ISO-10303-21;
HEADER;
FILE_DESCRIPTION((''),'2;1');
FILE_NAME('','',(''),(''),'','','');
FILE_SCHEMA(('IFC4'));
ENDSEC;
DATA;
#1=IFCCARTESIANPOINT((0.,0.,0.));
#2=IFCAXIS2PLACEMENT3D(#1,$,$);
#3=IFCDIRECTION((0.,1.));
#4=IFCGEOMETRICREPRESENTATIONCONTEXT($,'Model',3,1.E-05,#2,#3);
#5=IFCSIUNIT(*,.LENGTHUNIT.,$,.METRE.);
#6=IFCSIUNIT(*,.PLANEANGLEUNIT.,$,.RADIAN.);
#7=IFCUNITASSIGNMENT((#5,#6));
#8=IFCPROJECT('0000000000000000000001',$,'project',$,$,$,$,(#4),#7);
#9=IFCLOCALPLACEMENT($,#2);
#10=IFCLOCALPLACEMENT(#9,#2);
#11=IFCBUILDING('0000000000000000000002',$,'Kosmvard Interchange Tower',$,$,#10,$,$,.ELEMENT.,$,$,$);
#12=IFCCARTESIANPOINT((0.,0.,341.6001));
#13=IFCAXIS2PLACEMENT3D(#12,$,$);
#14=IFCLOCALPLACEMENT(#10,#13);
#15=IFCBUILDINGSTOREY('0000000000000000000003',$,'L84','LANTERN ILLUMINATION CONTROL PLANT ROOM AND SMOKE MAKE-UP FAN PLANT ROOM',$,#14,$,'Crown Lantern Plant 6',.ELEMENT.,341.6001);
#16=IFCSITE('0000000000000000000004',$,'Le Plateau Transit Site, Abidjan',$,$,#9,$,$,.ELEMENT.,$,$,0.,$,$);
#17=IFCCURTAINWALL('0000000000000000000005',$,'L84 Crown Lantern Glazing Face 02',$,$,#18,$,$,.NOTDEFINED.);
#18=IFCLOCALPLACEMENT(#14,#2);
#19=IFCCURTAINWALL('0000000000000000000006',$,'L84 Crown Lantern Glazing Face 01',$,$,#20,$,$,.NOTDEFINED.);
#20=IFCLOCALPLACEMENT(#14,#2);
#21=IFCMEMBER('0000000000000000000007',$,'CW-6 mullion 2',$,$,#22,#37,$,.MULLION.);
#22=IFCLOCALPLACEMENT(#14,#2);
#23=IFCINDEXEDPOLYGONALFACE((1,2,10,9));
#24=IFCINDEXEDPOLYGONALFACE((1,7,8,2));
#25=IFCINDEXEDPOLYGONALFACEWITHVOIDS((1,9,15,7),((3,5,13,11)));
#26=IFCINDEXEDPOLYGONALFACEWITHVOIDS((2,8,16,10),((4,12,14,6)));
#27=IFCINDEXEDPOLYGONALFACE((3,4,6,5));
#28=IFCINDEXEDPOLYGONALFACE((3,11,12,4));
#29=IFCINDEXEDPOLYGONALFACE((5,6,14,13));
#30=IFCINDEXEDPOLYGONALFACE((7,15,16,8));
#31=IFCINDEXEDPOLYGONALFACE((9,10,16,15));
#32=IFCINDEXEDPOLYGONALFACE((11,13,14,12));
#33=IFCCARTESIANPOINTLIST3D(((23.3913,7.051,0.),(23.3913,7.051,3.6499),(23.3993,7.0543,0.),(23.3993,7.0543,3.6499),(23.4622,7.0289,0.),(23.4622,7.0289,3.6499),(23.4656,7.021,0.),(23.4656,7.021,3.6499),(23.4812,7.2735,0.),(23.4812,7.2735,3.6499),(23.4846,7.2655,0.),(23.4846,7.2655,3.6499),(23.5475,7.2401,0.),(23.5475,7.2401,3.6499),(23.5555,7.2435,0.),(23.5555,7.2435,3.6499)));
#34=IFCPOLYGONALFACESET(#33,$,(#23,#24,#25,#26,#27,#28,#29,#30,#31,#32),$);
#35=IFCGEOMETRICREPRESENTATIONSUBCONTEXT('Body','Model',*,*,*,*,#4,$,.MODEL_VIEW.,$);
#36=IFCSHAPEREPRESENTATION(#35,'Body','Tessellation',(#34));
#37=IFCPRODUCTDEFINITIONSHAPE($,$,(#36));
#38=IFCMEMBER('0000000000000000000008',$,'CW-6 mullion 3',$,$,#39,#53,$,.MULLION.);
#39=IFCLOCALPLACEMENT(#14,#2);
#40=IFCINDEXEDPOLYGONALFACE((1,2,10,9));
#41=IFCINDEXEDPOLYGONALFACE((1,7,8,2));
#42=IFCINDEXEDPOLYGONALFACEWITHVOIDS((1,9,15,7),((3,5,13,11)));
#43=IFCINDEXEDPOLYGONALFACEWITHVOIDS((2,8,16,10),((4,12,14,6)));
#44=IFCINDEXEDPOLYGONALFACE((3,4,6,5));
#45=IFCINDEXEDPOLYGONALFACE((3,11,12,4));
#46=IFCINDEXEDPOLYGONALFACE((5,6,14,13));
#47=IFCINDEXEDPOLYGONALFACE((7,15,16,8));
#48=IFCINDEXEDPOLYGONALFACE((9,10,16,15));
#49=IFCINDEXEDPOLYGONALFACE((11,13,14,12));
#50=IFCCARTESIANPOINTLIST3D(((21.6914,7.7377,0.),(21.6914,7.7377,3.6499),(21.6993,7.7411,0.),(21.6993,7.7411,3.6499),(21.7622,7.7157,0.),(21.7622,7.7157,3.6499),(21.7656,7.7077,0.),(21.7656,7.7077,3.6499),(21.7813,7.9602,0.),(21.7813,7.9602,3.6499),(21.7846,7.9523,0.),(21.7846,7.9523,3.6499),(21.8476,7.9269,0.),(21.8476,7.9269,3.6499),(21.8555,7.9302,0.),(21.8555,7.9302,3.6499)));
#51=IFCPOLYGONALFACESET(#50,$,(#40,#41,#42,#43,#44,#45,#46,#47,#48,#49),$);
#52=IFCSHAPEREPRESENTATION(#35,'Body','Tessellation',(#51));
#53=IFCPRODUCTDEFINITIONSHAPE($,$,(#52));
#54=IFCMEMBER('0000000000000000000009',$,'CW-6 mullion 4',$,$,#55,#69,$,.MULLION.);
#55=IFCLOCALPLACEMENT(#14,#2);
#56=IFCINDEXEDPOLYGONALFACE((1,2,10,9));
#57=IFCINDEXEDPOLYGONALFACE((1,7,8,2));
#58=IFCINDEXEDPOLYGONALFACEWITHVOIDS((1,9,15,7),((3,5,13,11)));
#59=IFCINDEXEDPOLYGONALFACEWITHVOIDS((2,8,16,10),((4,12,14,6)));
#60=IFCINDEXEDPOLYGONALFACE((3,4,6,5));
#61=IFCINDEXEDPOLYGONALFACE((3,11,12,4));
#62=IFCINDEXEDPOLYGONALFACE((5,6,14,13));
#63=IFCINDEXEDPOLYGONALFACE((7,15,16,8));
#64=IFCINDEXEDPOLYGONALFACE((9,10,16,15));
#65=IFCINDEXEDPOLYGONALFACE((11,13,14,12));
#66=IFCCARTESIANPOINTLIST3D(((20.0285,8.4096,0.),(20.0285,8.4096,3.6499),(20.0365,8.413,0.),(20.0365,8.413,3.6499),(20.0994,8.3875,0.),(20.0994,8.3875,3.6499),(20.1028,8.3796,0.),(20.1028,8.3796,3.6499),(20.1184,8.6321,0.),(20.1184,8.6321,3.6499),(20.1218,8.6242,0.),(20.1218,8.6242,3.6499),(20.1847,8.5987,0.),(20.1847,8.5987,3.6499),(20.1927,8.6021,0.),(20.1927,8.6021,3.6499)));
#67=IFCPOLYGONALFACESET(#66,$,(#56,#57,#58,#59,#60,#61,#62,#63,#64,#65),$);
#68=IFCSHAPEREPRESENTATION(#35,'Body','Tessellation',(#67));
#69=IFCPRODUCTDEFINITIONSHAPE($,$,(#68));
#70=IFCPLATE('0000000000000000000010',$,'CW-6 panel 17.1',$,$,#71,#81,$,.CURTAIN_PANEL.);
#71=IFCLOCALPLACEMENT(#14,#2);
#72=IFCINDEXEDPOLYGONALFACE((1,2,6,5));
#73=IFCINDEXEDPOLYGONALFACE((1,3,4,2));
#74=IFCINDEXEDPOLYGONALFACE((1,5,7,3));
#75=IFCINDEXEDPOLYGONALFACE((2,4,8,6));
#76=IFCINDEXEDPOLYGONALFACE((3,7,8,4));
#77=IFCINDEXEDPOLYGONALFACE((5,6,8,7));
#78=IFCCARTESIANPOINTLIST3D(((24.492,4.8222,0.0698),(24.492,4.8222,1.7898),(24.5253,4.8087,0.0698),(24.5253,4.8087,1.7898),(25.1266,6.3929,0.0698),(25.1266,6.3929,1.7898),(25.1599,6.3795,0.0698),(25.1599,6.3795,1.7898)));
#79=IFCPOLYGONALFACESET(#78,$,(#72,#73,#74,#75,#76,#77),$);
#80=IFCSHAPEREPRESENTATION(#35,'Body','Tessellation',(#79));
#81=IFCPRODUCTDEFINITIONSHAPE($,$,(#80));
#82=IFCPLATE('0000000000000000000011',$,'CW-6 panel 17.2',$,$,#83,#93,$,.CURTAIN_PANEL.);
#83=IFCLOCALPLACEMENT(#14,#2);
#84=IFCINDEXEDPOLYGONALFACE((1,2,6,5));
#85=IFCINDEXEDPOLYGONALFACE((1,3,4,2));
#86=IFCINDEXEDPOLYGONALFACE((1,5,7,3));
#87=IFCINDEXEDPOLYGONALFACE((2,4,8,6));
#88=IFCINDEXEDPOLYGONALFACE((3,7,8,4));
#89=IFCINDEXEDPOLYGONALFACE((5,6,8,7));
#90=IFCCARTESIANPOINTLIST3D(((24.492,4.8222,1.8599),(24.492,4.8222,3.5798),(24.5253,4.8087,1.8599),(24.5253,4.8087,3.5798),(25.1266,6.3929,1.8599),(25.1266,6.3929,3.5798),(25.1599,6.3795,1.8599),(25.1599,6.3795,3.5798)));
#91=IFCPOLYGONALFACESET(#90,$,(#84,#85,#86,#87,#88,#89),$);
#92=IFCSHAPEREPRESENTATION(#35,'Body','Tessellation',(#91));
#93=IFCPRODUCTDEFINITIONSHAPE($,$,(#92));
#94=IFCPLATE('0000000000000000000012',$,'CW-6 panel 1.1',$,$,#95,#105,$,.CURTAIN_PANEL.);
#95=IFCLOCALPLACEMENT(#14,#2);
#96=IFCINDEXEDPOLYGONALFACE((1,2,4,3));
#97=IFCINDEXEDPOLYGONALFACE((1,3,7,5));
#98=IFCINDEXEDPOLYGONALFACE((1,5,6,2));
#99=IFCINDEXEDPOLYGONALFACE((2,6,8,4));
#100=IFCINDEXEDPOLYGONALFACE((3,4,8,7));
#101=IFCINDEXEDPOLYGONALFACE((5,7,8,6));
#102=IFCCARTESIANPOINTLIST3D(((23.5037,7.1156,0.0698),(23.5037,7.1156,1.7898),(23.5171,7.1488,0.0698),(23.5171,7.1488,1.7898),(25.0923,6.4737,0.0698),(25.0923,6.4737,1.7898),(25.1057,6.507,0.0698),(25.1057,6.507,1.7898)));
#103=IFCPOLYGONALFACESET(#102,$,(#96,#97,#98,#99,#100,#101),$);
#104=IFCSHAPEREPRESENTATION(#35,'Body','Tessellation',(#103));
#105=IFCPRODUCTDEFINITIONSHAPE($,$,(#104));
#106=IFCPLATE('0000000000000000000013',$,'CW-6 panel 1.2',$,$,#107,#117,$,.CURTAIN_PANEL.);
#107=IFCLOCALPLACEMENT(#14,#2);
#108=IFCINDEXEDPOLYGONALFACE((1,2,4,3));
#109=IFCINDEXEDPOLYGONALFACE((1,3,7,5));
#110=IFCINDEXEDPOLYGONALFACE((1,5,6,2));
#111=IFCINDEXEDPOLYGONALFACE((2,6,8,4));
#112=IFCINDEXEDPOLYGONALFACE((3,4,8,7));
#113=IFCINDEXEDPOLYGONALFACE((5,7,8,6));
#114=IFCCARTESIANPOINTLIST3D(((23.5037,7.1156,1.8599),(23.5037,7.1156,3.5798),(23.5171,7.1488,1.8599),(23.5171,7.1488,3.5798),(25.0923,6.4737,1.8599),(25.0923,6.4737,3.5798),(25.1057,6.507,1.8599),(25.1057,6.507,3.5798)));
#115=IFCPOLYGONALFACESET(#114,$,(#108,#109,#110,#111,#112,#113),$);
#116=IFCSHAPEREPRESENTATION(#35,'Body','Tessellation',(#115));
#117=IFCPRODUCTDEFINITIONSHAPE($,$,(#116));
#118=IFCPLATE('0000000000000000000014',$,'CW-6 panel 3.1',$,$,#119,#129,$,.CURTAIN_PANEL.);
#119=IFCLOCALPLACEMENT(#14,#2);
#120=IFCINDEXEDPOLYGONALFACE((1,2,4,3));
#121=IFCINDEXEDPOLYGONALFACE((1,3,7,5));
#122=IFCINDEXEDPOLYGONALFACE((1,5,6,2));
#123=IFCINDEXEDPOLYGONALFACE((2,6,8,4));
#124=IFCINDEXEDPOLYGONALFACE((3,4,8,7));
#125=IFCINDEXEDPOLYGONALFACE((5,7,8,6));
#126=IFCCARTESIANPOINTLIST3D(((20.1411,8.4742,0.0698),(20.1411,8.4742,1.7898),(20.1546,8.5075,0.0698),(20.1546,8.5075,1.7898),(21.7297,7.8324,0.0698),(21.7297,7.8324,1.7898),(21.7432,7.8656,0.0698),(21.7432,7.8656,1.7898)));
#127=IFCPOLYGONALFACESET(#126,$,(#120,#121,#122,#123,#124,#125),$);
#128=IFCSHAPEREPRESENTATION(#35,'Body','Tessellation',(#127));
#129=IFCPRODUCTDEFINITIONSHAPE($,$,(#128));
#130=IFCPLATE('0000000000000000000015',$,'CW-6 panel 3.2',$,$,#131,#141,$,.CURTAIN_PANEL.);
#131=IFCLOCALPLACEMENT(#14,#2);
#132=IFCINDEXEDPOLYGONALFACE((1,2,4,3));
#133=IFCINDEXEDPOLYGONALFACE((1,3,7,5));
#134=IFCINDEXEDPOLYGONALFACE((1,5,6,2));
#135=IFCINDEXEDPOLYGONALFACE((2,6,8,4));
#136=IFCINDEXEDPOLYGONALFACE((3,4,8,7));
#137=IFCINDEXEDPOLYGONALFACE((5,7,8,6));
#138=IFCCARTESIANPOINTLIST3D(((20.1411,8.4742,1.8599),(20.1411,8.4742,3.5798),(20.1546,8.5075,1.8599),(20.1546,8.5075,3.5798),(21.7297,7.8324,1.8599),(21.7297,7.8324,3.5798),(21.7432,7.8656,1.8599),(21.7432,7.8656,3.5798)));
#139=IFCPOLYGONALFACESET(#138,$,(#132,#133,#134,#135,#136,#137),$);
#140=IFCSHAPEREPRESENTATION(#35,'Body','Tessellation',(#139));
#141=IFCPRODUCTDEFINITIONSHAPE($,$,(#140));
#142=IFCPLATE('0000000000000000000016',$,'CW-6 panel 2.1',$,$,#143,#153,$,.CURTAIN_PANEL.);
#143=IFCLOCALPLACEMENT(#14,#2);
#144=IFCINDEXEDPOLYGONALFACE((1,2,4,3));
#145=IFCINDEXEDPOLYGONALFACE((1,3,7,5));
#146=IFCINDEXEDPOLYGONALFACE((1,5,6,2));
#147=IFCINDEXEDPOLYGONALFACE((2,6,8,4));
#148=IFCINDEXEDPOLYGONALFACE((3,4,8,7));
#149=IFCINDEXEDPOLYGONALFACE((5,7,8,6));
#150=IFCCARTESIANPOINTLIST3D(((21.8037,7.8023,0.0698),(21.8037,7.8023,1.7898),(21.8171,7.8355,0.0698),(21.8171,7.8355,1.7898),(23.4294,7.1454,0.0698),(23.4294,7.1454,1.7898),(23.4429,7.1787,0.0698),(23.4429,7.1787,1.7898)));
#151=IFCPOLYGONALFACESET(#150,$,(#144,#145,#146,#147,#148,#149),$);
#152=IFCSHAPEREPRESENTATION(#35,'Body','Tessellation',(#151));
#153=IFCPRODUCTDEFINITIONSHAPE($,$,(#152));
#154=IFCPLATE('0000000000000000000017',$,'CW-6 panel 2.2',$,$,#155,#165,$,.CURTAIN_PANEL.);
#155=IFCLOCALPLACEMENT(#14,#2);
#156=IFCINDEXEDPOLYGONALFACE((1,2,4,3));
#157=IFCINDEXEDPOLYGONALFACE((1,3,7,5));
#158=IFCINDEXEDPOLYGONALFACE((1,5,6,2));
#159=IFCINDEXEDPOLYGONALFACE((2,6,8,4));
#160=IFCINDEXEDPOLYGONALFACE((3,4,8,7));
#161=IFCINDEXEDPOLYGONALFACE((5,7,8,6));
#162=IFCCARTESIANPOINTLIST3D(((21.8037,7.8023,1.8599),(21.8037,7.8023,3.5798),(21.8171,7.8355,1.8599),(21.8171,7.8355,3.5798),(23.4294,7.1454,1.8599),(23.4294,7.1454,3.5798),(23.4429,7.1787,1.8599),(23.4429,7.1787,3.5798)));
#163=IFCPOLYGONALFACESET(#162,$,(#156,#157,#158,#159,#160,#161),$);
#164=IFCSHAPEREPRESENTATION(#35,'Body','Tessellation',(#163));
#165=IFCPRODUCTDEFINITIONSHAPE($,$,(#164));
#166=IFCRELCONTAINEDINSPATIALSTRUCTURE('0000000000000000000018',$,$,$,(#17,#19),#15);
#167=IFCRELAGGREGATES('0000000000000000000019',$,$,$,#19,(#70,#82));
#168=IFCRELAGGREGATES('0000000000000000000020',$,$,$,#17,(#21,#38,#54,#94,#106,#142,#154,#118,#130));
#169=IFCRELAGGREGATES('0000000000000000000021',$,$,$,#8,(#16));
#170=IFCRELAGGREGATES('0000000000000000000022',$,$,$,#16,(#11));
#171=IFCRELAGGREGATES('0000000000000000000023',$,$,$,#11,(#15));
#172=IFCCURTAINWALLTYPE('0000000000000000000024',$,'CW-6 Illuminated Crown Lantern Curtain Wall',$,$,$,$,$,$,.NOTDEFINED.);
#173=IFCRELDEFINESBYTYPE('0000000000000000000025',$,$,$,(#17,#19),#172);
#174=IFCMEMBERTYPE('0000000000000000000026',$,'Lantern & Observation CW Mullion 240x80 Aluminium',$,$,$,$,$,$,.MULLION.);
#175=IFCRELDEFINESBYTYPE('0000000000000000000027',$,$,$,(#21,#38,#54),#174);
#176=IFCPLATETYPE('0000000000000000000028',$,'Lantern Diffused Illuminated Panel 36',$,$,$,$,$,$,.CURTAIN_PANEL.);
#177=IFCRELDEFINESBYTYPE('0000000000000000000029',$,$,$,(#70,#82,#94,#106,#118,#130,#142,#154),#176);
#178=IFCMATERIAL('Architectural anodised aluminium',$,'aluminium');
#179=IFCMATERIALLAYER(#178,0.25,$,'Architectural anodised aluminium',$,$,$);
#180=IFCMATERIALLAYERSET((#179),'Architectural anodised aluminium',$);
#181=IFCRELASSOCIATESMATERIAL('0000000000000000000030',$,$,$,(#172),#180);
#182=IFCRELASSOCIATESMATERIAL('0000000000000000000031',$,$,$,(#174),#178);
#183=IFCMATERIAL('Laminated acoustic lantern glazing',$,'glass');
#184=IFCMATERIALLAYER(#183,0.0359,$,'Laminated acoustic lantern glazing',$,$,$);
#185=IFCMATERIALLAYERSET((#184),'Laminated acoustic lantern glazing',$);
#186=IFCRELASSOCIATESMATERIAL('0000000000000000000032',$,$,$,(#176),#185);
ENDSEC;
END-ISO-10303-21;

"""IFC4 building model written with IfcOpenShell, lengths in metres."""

from ifc_helpers import new_model, si_unit, direction, frame, origin, origin_2d, place, context, subcontext, project, spatial, rectangle, hollow_rectangle, extrude, source, transform, mapped, material, layer, layer_set, material_profile, profile_set, type_object, element, aggregate, save


model = new_model("IFC4")

# Units and contexts
model_context = context("Model", 3, precision=1e-05, world=origin(), true_north=direction((0.0, 1.0)))
body_context = subcontext(model_context, "Body", "Model", "MODEL_VIEW")
ifc_project = project(units=[si_unit("LENGTHUNIT", "METRE"), si_unit("PLANEANGLEUNIT", "RADIAN")], contexts=[model_context])

# Site, building, storey
site_placement = place(None, origin())
site = spatial("IfcSite", under=ifc_project, at=site_placement, Name="Le Plateau Transit Site, Abidjan", CompositionType="ELEMENT", RefElevation=0.0)
building_placement = place(site_placement, origin())
building = spatial("IfcBuilding", under=site, at=building_placement, Name="Kosmvard Interchange Tower", CompositionType="ELEMENT")
storey_placement = place(building_placement, frame((0.0, 0.0, 341.6001)))
storey = spatial("IfcBuildingStorey", under=building, at=storey_placement, Name="L84", Description="LANTERN ILLUMINATION CONTROL PLANT ROOM AND SMOKE MAKE-UP FAN PLANT ROOM", LongName="Crown Lantern Plant 6", CompositionType="ELEMENT", Elevation=341.6001)

# Curtain wall
ifc_material_1 = material(Name="Architectural anodised aluminium", Category="aluminium")
ifc_layer_1 = layer(ifc_material_1, 0.25, Name="Architectural anodised aluminium")
ifc_layer_set_1 = layer_set([ifc_layer_1], Name="Architectural anodised aluminium")
curtain_wall_type = type_object("IfcCurtainWallType", Name="CW-6 Illuminated Crown Lantern Curtain Wall", PredefinedType="NOTDEFINED", material=ifc_layer_set_1)
curtain_wall_1_placement = place(storey_placement, origin())
curtain_wall_1 = element("IfcCurtainWall", 1, at=curtain_wall_1_placement, inside=storey, type_object=curtain_wall_type, Name="L84 Crown Lantern Glazing Face 02", PredefinedType="NOTDEFINED")

# Curtain wall
curtain_wall_2_placement = place(storey_placement, origin())
curtain_wall_2 = element("IfcCurtainWall", 2, at=curtain_wall_2_placement, inside=storey, type_object=curtain_wall_type, Name="L84 Crown Lantern Glazing Face 01", PredefinedType="NOTDEFINED")
ifc_material_profile_1 = material_profile(ifc_material_1, hollow_rectangle(XDim=0.24, YDim=0.0801, WallThickness=0.0061, at=origin_2d()), Name="CWM 240x80x6")
ifc_profile_set_1 = profile_set([ifc_material_profile_1], Name="Architectural anodised aluminium")
member_type_1 = type_object("IfcMemberType", Name="Lantern & Observation CW Mullion 240x80 Aluminium", PredefinedType="MULLION", material=ifc_profile_set_1)
shared_shape_1 = source(origin(), body_context, "Body", "SweptSolid", [
    extrude(hollow_rectangle(XDim=0.24, YDim=0.0801, WallThickness=0.0061, at=origin_2d()), origin(), (0.0, 0.0, 1.0), 3.6499),
])

# Members
member_1_placement = place(storey_placement, frame((23.4734, 7.1472, 0.0), z_axis=(0.0, 0.0, 1.0), x_axis=(-0.374607, -0.927184, 0.0)))
member_1 = element("IfcMember", 3, at=member_1_placement, type_object=member_type_1, Name="CW-6 mullion 2", PredefinedType="MULLION", context=body_context, shape_type="MappedRepresentation", body=[
    mapped(shared_shape_1, transform((0.0, 0.0, 0.0), scale=1.0)),
])
member_2_placement = place(storey_placement, frame((21.7734, 7.834, 0.0), z_axis=(0.0, 0.0, 1.0), x_axis=(-0.374607, -0.927184, 0.0)))
member_2 = element("IfcMember", 4, at=member_2_placement, type_object=member_type_1, Name="CW-6 mullion 3", PredefinedType="MULLION", context=body_context, shape_type="MappedRepresentation", body=[
    mapped(shared_shape_1, transform((0.0, 0.0, 0.0), scale=1.0)),
])
member_3_placement = place(storey_placement, frame((20.1106, 8.5059, 0.0), z_axis=(0.0, 0.0, 1.0), x_axis=(-0.374607, -0.927184, 0.0)))
member_3 = element("IfcMember", 5, at=member_3_placement, type_object=member_type_1, Name="CW-6 mullion 4", PredefinedType="MULLION", context=body_context, shape_type="MappedRepresentation", body=[
    mapped(shared_shape_1, transform((0.0, 0.0, 0.0), scale=1.0)),
])

# Plates
ifc_material_2 = material(Name="Laminated acoustic lantern glazing", Category="glass")
ifc_layer_2 = layer(ifc_material_2, 0.0359, Name="Laminated acoustic lantern glazing")
ifc_layer_set_2 = layer_set([ifc_layer_2], Name="Laminated acoustic lantern glazing")
plate_type = type_object("IfcPlateType", Name="Lantern Diffused Illuminated Panel 36", PredefinedType="CURTAIN_PANEL", material=ifc_layer_set_2)
shared_shape_2 = source(origin(), body_context, "Body", "SweptSolid", [
    extrude(rectangle(XDim=1.6941, YDim=0.0359, at=origin_2d()), origin(), (0.0, 0.0, 1.0), 1.72),
])
plate_1_placement = place(storey_placement, frame((24.8259, 5.6008, 0.0698), z_axis=(0.0, 0.0, 1.0), x_axis=(0.374607, 0.927184, 0.0)))
plate_1 = element("IfcPlate", 6, at=plate_1_placement, type_object=plate_type, Name="CW-6 panel 17.1", PredefinedType="CURTAIN_PANEL", context=body_context, shape_type="MappedRepresentation", body=[
    mapped(shared_shape_2, transform((0.0, 0.0, 0.0), scale=1.0)),
])
plate_2_placement = place(storey_placement, frame((24.8259, 5.6008, 1.8599), z_axis=(0.0, 0.0, 1.0), x_axis=(0.374607, 0.927184, 0.0)))
plate_2 = element("IfcPlate", 7, at=plate_2_placement, type_object=plate_type, Name="CW-6 panel 17.2", PredefinedType="CURTAIN_PANEL", context=body_context, shape_type="MappedRepresentation", body=[
    mapped(shared_shape_2, transform((0.0, 0.0, 0.0), scale=1.0)),
])
aggregate(curtain_wall_2, [plate_1, plate_2])
shared_shape_3 = source(origin(), body_context, "Body", "SweptSolid", [
    extrude(rectangle(XDim=1.7134, YDim=0.0359, at=origin_2d()), origin(), (0.0, 0.0, 1.0), 1.72),
])
plate_3_placement = place(storey_placement, frame((24.3047, 6.8113, 0.0698), z_axis=(0.0, 0.0, 1.0), x_axis=(-0.927184, 0.374607, 0.0)))
plate_3 = element("IfcPlate", 8, at=plate_3_placement, type_object=plate_type, Name="CW-6 panel 1.1", PredefinedType="CURTAIN_PANEL", context=body_context, shape_type="MappedRepresentation", body=[
    mapped(shared_shape_3, transform((0.0, 0.0, 0.0), scale=1.0)),
])
plate_4_placement = place(storey_placement, frame((24.3047, 6.8113, 1.8599), z_axis=(0.0, 0.0, 1.0), x_axis=(-0.927184, 0.374607, 0.0)))
plate_4 = element("IfcPlate", 9, at=plate_4_placement, type_object=plate_type, Name="CW-6 panel 1.2", PredefinedType="CURTAIN_PANEL", context=body_context, shape_type="MappedRepresentation", body=[
    mapped(shared_shape_3, transform((0.0, 0.0, 0.0), scale=1.0)),
])
plate_5_placement = place(storey_placement, frame((20.9421, 8.1699, 0.0698), z_axis=(0.0, 0.0, 1.0), x_axis=(-0.927184, 0.374607, 0.0)))
plate_5 = element("IfcPlate", 10, at=plate_5_placement, type_object=plate_type, Name="CW-6 panel 3.1", PredefinedType="CURTAIN_PANEL", context=body_context, shape_type="MappedRepresentation", body=[
    mapped(shared_shape_3, transform((0.0, 0.0, 0.0), scale=1.0)),
])
plate_6_placement = place(storey_placement, frame((20.9421, 8.1699, 1.8599), z_axis=(0.0, 0.0, 1.0), x_axis=(-0.927184, 0.374607, 0.0)))
plate_6 = element("IfcPlate", 11, at=plate_6_placement, type_object=plate_type, Name="CW-6 panel 3.2", PredefinedType="CURTAIN_PANEL", context=body_context, shape_type="MappedRepresentation", body=[
    mapped(shared_shape_3, transform((0.0, 0.0, 0.0), scale=1.0)),
])
shared_shape_4 = source(origin(), body_context, "Body", "SweptSolid", [
    extrude(rectangle(XDim=1.7534, YDim=0.0359, at=origin_2d()), origin(), (0.0, 0.0, 1.0), 1.72),
])
plate_7_placement = place(storey_placement, frame((22.6233, 7.4905, 0.0698), z_axis=(0.0, 0.0, 1.0), x_axis=(-0.927184, 0.374607, 0.0)))
plate_7 = element("IfcPlate", 12, at=plate_7_placement, type_object=plate_type, Name="CW-6 panel 2.1", PredefinedType="CURTAIN_PANEL", context=body_context, shape_type="MappedRepresentation", body=[
    mapped(shared_shape_4, transform((0.0, 0.0, 0.0), scale=1.0)),
])
plate_8_placement = place(storey_placement, frame((22.6233, 7.4905, 1.8599), z_axis=(0.0, 0.0, 1.0), x_axis=(-0.927184, 0.374607, 0.0)))
plate_8 = element("IfcPlate", 13, at=plate_8_placement, type_object=plate_type, Name="CW-6 panel 2.2", PredefinedType="CURTAIN_PANEL", context=body_context, shape_type="MappedRepresentation", body=[
    mapped(shared_shape_4, transform((0.0, 0.0, 0.0), scale=1.0)),
])
aggregate(curtain_wall_1, [member_1, member_2, member_3, plate_3, plate_4, plate_7, plate_8, plate_5, plate_6])

save(model, "model.ifc")
